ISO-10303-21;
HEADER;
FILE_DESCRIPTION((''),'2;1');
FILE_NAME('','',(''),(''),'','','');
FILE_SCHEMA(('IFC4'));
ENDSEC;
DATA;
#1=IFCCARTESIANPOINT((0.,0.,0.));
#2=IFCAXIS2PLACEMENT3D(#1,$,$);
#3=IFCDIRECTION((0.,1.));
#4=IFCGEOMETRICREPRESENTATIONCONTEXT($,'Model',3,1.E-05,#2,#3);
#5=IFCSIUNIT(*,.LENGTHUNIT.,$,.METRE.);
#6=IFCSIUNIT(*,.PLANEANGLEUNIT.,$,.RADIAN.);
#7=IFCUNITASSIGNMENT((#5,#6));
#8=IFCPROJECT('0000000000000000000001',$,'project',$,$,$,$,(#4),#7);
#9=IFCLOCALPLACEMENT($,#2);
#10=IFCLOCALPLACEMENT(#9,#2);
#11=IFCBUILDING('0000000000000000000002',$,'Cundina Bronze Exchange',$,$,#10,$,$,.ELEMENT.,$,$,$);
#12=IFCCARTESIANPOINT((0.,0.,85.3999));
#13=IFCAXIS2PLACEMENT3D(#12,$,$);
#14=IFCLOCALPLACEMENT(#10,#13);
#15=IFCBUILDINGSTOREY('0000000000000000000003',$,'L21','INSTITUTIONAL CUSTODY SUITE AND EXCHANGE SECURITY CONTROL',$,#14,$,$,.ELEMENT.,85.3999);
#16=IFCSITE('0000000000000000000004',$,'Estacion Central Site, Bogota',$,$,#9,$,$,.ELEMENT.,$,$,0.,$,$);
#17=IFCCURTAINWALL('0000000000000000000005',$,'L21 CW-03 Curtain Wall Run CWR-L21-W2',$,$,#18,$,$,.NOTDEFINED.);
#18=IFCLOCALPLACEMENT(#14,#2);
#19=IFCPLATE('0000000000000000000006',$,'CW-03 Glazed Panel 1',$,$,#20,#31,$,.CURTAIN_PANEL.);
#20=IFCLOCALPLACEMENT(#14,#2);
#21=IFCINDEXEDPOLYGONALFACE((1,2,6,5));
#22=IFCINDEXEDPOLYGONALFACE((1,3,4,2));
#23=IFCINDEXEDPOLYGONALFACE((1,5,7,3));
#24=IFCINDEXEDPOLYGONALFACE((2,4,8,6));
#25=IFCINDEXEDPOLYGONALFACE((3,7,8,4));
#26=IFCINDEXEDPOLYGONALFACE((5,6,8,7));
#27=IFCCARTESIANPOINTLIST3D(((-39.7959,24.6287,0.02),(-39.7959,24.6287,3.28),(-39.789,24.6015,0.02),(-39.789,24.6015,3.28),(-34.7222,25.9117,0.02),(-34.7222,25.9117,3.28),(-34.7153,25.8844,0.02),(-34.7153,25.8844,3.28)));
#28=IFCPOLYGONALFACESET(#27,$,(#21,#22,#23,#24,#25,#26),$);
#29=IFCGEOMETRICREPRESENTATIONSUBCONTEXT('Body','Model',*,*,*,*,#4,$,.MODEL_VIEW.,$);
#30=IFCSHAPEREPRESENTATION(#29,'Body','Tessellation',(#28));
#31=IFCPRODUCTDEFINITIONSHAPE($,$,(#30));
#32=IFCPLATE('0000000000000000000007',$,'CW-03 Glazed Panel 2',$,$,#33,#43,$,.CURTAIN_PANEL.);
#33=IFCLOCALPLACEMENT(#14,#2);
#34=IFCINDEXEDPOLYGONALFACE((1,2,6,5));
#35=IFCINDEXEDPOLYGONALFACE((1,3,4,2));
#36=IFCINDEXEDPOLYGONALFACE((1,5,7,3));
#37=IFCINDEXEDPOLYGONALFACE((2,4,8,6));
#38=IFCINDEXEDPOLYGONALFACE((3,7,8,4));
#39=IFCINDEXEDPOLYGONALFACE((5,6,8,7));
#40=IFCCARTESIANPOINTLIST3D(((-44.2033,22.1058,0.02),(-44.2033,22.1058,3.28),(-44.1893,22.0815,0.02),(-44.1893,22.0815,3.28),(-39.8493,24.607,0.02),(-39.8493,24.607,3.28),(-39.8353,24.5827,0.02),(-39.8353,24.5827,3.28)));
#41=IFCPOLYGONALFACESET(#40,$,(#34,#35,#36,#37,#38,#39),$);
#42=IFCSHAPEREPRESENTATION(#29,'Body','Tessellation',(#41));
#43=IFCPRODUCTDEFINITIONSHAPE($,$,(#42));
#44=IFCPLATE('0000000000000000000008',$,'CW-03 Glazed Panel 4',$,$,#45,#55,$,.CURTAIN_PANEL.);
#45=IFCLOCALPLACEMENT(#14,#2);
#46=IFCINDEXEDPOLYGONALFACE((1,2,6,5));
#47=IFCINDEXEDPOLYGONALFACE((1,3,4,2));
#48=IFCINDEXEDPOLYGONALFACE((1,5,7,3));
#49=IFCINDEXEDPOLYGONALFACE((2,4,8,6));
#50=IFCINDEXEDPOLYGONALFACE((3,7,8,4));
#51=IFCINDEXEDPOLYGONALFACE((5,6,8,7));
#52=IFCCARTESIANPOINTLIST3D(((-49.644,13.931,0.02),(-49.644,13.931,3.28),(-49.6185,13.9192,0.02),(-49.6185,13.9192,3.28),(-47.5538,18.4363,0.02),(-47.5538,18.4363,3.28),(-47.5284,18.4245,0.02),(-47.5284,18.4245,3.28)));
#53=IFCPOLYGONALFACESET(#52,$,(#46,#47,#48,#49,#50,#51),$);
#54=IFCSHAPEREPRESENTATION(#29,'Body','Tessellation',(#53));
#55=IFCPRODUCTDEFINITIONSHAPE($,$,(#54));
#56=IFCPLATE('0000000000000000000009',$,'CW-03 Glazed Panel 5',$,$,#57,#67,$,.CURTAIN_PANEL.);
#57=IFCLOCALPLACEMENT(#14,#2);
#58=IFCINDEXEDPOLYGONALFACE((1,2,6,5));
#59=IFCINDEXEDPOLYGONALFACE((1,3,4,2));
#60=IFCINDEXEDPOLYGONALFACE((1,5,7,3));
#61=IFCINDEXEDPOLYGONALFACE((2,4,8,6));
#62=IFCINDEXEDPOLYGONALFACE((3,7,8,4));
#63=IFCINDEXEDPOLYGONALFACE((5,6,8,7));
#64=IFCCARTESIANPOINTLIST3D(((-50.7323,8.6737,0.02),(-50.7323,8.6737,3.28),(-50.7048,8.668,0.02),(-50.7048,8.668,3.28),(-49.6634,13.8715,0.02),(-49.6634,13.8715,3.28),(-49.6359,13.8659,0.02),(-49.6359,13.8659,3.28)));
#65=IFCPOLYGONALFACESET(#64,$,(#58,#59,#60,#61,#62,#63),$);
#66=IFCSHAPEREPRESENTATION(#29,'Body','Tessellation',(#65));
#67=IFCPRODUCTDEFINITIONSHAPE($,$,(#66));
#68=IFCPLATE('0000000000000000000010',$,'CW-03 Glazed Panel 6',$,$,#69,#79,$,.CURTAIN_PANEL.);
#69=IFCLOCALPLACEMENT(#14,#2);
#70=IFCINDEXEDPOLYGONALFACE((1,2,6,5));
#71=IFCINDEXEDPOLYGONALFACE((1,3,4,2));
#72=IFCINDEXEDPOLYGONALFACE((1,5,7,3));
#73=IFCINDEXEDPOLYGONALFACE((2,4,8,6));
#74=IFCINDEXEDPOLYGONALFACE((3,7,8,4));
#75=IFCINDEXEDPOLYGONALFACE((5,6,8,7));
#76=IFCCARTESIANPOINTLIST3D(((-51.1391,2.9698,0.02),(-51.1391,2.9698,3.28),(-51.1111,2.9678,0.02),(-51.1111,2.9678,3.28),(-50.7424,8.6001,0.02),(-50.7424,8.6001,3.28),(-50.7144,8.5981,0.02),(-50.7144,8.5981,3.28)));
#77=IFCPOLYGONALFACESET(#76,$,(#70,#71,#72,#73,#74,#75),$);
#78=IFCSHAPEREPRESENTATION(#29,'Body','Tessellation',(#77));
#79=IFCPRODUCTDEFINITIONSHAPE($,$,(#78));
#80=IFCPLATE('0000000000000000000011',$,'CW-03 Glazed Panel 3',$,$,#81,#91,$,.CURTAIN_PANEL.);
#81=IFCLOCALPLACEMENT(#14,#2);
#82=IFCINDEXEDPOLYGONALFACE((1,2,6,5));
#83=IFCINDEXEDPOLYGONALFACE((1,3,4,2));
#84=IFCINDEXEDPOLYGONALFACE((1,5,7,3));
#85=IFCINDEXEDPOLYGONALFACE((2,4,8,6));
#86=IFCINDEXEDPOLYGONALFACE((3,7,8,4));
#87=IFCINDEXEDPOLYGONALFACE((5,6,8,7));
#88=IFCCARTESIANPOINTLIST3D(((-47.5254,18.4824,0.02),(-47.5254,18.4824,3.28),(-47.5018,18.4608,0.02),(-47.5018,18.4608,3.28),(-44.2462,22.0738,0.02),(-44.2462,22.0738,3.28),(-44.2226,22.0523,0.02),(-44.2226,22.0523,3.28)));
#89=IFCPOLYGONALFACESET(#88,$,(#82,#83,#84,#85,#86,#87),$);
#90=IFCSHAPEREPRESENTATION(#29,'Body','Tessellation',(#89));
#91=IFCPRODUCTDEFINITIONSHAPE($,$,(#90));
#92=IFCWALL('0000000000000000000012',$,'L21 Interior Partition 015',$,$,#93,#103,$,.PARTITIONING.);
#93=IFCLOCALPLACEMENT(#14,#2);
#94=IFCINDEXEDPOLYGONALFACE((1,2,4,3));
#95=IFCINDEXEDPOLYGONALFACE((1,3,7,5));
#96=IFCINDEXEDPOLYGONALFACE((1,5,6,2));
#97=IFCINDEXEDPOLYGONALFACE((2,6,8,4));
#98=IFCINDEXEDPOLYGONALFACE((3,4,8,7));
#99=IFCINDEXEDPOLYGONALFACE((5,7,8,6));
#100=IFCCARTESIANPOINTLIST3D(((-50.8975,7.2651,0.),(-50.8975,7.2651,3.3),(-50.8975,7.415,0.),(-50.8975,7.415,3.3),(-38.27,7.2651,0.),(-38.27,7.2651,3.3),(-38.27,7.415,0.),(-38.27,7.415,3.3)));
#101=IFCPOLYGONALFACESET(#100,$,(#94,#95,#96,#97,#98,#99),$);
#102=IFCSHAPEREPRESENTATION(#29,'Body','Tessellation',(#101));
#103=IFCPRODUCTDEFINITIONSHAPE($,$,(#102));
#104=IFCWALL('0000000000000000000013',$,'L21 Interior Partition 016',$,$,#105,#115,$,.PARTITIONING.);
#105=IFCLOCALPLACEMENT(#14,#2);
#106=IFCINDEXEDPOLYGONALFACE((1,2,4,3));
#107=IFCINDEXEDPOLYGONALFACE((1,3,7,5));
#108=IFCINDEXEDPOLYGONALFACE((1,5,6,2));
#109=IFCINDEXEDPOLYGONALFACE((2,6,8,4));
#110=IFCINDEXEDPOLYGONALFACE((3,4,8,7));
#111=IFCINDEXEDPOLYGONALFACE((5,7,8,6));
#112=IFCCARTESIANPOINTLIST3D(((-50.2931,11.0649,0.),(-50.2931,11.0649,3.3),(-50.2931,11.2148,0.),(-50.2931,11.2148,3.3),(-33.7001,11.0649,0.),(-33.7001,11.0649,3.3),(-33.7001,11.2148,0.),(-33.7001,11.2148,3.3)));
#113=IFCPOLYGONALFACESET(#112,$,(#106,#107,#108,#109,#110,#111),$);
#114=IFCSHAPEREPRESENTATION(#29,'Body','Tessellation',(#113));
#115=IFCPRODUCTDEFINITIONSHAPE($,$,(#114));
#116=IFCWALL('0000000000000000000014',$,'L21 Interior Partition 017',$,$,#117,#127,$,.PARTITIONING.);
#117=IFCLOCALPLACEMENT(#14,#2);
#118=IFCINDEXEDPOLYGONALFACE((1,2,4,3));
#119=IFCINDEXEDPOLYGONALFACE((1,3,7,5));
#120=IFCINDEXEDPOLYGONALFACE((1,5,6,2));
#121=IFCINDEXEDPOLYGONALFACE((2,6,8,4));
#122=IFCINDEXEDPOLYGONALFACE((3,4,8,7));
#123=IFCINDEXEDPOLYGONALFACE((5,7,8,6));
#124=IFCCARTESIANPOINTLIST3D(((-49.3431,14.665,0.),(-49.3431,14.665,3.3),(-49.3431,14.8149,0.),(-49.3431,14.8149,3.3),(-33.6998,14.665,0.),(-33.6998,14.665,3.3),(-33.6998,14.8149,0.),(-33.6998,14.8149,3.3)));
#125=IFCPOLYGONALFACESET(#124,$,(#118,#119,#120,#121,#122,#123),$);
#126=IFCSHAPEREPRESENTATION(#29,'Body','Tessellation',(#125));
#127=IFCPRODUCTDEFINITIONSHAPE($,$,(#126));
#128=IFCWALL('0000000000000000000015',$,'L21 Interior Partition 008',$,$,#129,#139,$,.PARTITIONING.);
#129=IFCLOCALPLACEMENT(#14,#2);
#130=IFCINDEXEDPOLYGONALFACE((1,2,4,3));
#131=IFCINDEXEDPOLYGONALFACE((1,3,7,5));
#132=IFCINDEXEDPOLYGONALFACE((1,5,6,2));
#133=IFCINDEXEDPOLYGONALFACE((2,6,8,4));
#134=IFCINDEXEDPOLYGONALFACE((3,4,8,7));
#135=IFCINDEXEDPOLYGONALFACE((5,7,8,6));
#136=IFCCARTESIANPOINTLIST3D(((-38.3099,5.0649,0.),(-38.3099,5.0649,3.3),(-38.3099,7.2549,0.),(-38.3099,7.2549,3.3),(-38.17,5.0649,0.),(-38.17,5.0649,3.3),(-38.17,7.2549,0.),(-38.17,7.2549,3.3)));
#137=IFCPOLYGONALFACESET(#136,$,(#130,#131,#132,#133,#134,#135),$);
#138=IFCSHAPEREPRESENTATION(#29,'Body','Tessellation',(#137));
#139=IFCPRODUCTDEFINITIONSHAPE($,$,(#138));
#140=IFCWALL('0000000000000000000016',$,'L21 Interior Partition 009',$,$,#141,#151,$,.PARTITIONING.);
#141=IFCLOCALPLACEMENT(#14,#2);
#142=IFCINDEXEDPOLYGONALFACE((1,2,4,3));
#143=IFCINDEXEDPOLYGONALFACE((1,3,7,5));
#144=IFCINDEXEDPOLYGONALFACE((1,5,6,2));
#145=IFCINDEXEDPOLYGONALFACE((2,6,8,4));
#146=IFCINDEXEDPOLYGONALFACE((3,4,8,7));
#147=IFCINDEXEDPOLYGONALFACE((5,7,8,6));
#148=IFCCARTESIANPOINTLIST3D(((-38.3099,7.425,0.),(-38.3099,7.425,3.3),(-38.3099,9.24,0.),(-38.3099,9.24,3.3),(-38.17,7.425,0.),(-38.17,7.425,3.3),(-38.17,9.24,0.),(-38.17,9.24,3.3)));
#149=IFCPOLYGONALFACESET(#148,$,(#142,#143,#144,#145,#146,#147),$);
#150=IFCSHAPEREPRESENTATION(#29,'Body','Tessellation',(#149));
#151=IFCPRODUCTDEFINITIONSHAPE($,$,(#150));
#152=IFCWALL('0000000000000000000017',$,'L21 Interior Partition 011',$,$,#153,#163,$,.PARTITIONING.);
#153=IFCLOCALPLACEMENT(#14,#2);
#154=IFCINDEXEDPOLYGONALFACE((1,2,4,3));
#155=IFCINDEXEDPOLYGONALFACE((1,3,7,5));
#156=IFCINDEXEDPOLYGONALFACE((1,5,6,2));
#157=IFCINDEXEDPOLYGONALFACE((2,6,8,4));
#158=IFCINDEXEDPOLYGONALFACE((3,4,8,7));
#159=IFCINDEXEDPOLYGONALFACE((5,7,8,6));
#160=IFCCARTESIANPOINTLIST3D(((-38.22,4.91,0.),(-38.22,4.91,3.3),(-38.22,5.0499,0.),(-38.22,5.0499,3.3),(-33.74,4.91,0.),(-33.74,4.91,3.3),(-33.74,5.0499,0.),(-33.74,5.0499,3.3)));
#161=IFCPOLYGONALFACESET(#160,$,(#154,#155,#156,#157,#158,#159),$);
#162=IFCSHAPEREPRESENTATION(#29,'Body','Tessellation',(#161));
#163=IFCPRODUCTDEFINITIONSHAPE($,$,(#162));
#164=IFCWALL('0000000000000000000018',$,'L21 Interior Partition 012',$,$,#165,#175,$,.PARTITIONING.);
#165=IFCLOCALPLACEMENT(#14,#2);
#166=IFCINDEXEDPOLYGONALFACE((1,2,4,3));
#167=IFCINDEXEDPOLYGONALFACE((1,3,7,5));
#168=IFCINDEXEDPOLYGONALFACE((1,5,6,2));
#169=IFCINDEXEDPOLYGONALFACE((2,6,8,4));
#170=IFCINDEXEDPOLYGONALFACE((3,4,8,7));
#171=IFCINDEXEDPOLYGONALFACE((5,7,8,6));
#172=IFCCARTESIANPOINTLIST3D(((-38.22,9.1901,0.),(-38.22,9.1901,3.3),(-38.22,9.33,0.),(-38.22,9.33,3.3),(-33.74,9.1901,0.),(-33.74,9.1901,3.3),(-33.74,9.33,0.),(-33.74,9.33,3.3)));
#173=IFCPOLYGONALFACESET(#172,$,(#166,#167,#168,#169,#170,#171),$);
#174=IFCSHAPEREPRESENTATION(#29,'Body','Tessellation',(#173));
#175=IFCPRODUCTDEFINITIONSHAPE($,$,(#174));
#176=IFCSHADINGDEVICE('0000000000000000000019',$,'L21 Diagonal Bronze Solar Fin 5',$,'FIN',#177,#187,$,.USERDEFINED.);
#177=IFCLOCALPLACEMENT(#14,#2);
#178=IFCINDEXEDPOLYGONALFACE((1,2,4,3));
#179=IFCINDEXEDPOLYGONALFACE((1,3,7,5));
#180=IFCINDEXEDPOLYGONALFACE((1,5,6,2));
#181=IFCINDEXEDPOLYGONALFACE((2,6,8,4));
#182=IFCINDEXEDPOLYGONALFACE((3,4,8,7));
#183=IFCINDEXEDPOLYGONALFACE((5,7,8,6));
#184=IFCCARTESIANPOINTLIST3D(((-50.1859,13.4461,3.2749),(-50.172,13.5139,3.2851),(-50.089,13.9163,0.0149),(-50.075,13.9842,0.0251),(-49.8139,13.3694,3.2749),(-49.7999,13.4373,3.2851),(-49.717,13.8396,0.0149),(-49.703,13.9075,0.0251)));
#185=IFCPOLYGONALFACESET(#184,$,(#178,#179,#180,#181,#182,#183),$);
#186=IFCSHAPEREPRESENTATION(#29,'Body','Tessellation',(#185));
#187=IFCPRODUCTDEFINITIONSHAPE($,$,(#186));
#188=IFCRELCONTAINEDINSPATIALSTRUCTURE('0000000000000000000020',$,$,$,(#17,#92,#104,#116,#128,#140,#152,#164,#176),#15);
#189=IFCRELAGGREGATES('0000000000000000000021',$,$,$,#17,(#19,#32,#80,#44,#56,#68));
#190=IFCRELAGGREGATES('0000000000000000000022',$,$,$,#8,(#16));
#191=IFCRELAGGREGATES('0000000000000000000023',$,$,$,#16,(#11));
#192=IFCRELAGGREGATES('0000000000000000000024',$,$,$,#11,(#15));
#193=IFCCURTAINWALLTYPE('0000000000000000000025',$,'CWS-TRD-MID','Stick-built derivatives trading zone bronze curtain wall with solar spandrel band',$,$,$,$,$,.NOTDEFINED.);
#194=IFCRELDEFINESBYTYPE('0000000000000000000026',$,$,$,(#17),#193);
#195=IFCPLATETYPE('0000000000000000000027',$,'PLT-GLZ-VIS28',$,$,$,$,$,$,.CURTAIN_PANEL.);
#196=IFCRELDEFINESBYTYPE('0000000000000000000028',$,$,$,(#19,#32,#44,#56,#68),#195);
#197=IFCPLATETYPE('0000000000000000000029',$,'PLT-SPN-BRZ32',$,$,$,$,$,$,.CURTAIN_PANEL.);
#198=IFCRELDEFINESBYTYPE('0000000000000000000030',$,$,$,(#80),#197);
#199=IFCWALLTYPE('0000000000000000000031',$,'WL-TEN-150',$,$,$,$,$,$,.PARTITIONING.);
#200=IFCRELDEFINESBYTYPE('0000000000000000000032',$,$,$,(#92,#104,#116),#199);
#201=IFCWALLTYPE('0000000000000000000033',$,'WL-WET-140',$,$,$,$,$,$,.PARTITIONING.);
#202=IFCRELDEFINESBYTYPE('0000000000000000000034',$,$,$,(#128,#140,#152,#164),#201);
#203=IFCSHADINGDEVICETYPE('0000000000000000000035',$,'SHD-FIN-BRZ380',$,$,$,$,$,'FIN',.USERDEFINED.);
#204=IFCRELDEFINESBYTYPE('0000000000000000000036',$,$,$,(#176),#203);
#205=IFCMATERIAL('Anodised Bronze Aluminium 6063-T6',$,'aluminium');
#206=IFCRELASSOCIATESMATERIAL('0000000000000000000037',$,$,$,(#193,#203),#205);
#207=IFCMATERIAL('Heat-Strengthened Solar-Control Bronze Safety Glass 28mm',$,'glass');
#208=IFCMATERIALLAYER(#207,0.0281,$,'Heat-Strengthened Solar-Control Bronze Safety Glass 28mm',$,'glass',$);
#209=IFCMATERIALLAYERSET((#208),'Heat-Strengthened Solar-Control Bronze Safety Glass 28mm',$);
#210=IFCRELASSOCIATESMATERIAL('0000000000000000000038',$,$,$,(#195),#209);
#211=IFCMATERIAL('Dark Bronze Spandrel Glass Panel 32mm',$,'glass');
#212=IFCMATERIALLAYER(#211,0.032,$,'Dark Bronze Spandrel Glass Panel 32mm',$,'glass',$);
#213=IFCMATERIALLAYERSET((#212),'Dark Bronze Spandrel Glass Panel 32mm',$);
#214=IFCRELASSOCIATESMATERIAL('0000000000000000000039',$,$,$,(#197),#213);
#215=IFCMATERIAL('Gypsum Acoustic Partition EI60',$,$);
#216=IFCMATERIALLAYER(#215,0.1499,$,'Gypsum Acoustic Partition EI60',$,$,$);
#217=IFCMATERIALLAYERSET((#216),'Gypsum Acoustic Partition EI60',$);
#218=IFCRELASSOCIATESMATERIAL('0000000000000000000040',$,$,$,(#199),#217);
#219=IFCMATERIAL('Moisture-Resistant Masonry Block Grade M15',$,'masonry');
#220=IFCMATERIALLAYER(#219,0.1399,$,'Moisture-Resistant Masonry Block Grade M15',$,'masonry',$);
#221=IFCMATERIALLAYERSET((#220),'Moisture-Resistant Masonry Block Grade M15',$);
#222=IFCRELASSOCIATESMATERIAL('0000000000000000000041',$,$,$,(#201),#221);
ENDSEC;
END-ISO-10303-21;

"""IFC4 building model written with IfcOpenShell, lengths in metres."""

from ifc_helpers import new_model, si_unit, direction, frame, frame_2d, origin, origin_2d, place, context, subcontext, project, spatial, rectangle, extrude, material, layer, layer_set, material_profile, profile_set, type_object, element, aggregate, save


model = new_model("IFC4")

# Units and contexts
model_context = context("Model", 3, precision=1e-05, world=origin(), true_north=direction((0.0, 1.0)))
body_context = subcontext(model_context, "Body", "Model", "MODEL_VIEW")
ifc_project = project(units=[si_unit("LENGTHUNIT", "METRE"), si_unit("PLANEANGLEUNIT", "RADIAN")], contexts=[model_context])

# Site, building, storey
site_placement = place(None, origin())
site = spatial("IfcSite", under=ifc_project, at=site_placement, Name="Estacion Central Site, Bogota", CompositionType="ELEMENT", RefElevation=0.0)
building_placement = place(site_placement, origin())
building = spatial("IfcBuilding", under=site, at=building_placement, Name="Cundina Bronze Exchange", CompositionType="ELEMENT")
storey_placement = place(building_placement, frame((0.0, 0.0, 85.3999)))
storey = spatial("IfcBuildingStorey", under=building, at=storey_placement, Name="L21", Description="INSTITUTIONAL CUSTODY SUITE AND EXCHANGE SECURITY CONTROL", CompositionType="ELEMENT", Elevation=85.3999)

# Curtain wall, plates
ifc_material_1 = material(Name="Anodised Bronze Aluminium 6063-T6", Category="aluminium")
curtain_wall_type = type_object("IfcCurtainWallType", Name="CWS-TRD-MID", Description="Stick-built derivatives trading zone bronze curtain wall with solar spandrel band", PredefinedType="NOTDEFINED", material=ifc_material_1)
curtain_wall_placement = place(storey_placement, origin())
curtain_wall = element("IfcCurtainWall", 1, at=curtain_wall_placement, inside=storey, type_object=curtain_wall_type, Name="L21 CW-03 Curtain Wall Run CWR-L21-W2", PredefinedType="NOTDEFINED")
ifc_material_2 = material(Name="Heat-Strengthened Solar-Control Bronze Safety Glass 28mm", Category="glass")
ifc_layer_1 = layer(ifc_material_2, 0.0281, Name="Heat-Strengthened Solar-Control Bronze Safety Glass 28mm", Category="glass")
ifc_layer_set_1 = layer_set([ifc_layer_1], Name="Heat-Strengthened Solar-Control Bronze Safety Glass 28mm")
plate_type_1 = type_object("IfcPlateType", Name="PLT-GLZ-VIS28", PredefinedType="CURTAIN_PANEL", material=ifc_layer_set_1)
plate_1_placement = place(storey_placement, frame((-37.2556, 25.2566, 0.02), z_axis=(0.0, 0.0, 1.0), x_axis=(-0.969488, -0.245138, 0.0)))
plate_1 = element("IfcPlate", 2, at=plate_1_placement, type_object=plate_type_1, Name="CW-03 Glazed Panel 1", PredefinedType="CURTAIN_PANEL", context=body_context, shape_type="SweptSolid", body=[
    extrude(rectangle(XDim=5.2334, YDim=0.0281, at=origin_2d()), origin(), (0.0, 0.0, 1.0), 3.26),
])
plate_2_placement = place(storey_placement, frame((-42.0193, 23.3442, 0.02), z_axis=(0.0, 0.0, 1.0), x_axis=(-0.867105, -0.498125, 0.0)))
plate_2 = element("IfcPlate", 3, at=plate_2_placement, type_object=plate_type_1, Name="CW-03 Glazed Panel 2", PredefinedType="CURTAIN_PANEL", context=body_context, shape_type="SweptSolid", body=[
    extrude(rectangle(XDim=5.0212, YDim=0.0281, at=origin_2d()), origin(), (0.0, 0.0, 1.0), 3.26),
])
plate_3_placement = place(storey_placement, frame((-48.5862, 16.1777, 0.02), z_axis=(0.0, 0.0, 1.0), x_axis=(-0.420846, -0.907132, 0.0)))
plate_3 = element("IfcPlate", 4, at=plate_3_placement, type_object=plate_type_1, Name="CW-03 Glazed Panel 4", PredefinedType="CURTAIN_PANEL", context=body_context, shape_type="SweptSolid", body=[
    extrude(rectangle(XDim=4.9666, YDim=0.0281, at=origin_2d()), origin(), (0.0, 0.0, 1.0), 3.26),
])
plate_4_placement = place(storey_placement, frame((-50.1841, 11.2698, 0.02), z_axis=(0.0, 0.0, 1.0), x_axis=(-0.20142, -0.979505, 0.0)))
plate_4 = element("IfcPlate", 5, at=plate_4_placement, type_object=plate_type_1, Name="CW-03 Glazed Panel 5", PredefinedType="CURTAIN_PANEL", context=body_context, shape_type="SweptSolid", body=[
    extrude(rectangle(XDim=5.3066, YDim=0.0281, at=origin_2d()), origin(), (0.0, 0.0, 1.0), 3.26),
])
plate_5_placement = place(storey_placement, frame((-50.9268, 5.7839, 0.02), z_axis=(0.0, 0.0, 1.0), x_axis=(-0.070279, -0.997527, 0.0)))
plate_5 = element("IfcPlate", 6, at=plate_5_placement, type_object=plate_type_1, Name="CW-03 Glazed Panel 6", PredefinedType="CURTAIN_PANEL", context=body_context, shape_type="SweptSolid", body=[
    extrude(rectangle(XDim=5.6443, YDim=0.0281, at=origin_2d()), origin(), (0.0, 0.0, 1.0), 3.26),
])
ifc_material_3 = material(Name="Dark Bronze Spandrel Glass Panel 32mm", Category="glass")
ifc_layer_2 = layer(ifc_material_3, 0.032, Name="Dark Bronze Spandrel Glass Panel 32mm", Category="glass")
ifc_layer_set_2 = layer_set([ifc_layer_2], Name="Dark Bronze Spandrel Glass Panel 32mm")
plate_type_2 = type_object("IfcPlateType", Name="PLT-SPN-BRZ32", PredefinedType="CURTAIN_PANEL", material=ifc_layer_set_2)
plate_6_placement = place(storey_placement, frame((-45.874, 20.2673, 0.02), z_axis=(0.0, 0.0, 1.0), x_axis=(-0.674277, -0.738479, 0.0)))
plate_6 = element("IfcPlate", 7, at=plate_6_placement, type_object=plate_type_2, Name="CW-03 Glazed Panel 3", PredefinedType="CURTAIN_PANEL", context=body_context, shape_type="SweptSolid", body=[
    extrude(rectangle(XDim=4.8633, YDim=0.032, at=origin_2d()), origin(), (0.0, 0.0, 1.0), 3.26),
])
aggregate(curtain_wall, [plate_1, plate_2, plate_6, plate_3, plate_4, plate_5])

# Walls
ifc_material_4 = material(Name="Gypsum Acoustic Partition EI60")
ifc_layer_3 = layer(ifc_material_4, 0.1499, Name="Gypsum Acoustic Partition EI60")
ifc_layer_set_3 = layer_set([ifc_layer_3], Name="Gypsum Acoustic Partition EI60")
wall_type_1 = type_object("IfcWallType", Name="WL-TEN-150", PredefinedType="PARTITIONING", material=ifc_layer_set_3)
wall_1_placement = place(storey_placement, frame((-50.8975, 7.3401, 0.0), z_axis=(0.0, 0.0, 1.0), x_axis=(1.0, 0.0, 0.0)))
element("IfcWall", 8, at=wall_1_placement, inside=storey, type_object=wall_type_1, Name="L21 Interior Partition 015", PredefinedType="PARTITIONING", context=body_context, shape_type="SweptSolid", body=[
    extrude(rectangle(XDim=12.6274, YDim=0.1499, at=frame_2d((6.3137, 0.0))), origin(), (0.0, 0.0, 1.0), 3.3),
])
wall_2_placement = place(storey_placement, frame((-50.293, 11.1399, 0.0), z_axis=(0.0, 0.0, 1.0), x_axis=(1.0, 0.0, 0.0)))
element("IfcWall", 9, at=wall_2_placement, inside=storey, type_object=wall_type_1, Name="L21 Interior Partition 016", PredefinedType="PARTITIONING", context=body_context, shape_type="SweptSolid", body=[
    extrude(rectangle(XDim=16.593, YDim=0.1499, at=frame_2d((8.2964, 0.0))), origin(), (0.0, 0.0, 1.0), 3.3),
])
wall_3_placement = place(storey_placement, frame((-49.3433, 14.74, 0.0), z_axis=(0.0, 0.0, 1.0), x_axis=(1.0, 0.0, 0.0)))
element("IfcWall", 10, at=wall_3_placement, inside=storey, type_object=wall_type_1, Name="L21 Interior Partition 017", PredefinedType="PARTITIONING", context=body_context, shape_type="SweptSolid", body=[
    extrude(rectangle(XDim=15.6433, YDim=0.1499, at=frame_2d((7.8218, 0.0))), origin(), (0.0, 0.0, 1.0), 3.3),
])
ifc_material_5 = material(Name="Moisture-Resistant Masonry Block Grade M15", Category="masonry")
ifc_layer_4 = layer(ifc_material_5, 0.1399, Name="Moisture-Resistant Masonry Block Grade M15", Category="masonry")
ifc_layer_set_4 = layer_set([ifc_layer_4], Name="Moisture-Resistant Masonry Block Grade M15")
wall_type_2 = type_object("IfcWallType", Name="WL-WET-140", PredefinedType="PARTITIONING", material=ifc_layer_set_4)
wall_4_placement = place(storey_placement, frame((-38.24, 5.0649, 0.0), z_axis=(0.0, 0.0, 1.0), x_axis=(0.0, 1.0, 0.0)))
element("IfcWall", 11, at=wall_4_placement, inside=storey, type_object=wall_type_2, Name="L21 Interior Partition 008", PredefinedType="PARTITIONING", context=body_context, shape_type="SweptSolid", body=[
    extrude(rectangle(XDim=2.1899, YDim=0.1399, at=frame_2d((1.095, 0.0))), origin(), (0.0, 0.0, 1.0), 3.3),
])
wall_5_placement = place(storey_placement, frame((-38.24, 7.425, 0.0), z_axis=(0.0, 0.0, 1.0), x_axis=(0.0, 1.0, 0.0)))
element("IfcWall", 12, at=wall_5_placement, inside=storey, type_object=wall_type_2, Name="L21 Interior Partition 009", PredefinedType="PARTITIONING", context=body_context, shape_type="SweptSolid", body=[
    extrude(rectangle(XDim=1.8149, YDim=0.1399, at=frame_2d((0.9075, 0.0))), origin(), (0.0, 0.0, 1.0), 3.3),
])
for number, where, z_axis, x_axis, name in (
    (13, (-38.22, 4.98, 0.0), (0.0, 0.0, 1.0), (1.0, 0.0, 0.0), "L21 Interior Partition 011"),
    (14, (-38.22, 9.26, 0.0), (0.0, 0.0, 1.0), (1.0, 0.0, 0.0), "L21 Interior Partition 012"),
):
    element("IfcWall", number, at=place(storey_placement, frame(where, z_axis=z_axis, x_axis=x_axis)), inside=storey, type_object=wall_type_2, Name=name, PredefinedType="PARTITIONING", context=body_context, shape_type="SweptSolid", body=[
        extrude(rectangle(XDim=4.48, YDim=0.1399, at=frame_2d((2.24, 0.0))), origin(), (0.0, 0.0, 1.0), 3.3),
    ])

# Shading device
ifc_material_profile_1 = material_profile(ifc_material_1, rectangle(XDim=0.0701, YDim=0.3799, at=origin_2d()), Name="FIN70X380", Category="aluminium")
ifc_profile_set_1 = profile_set([ifc_material_profile_1], Name="Anodised Bronze Aluminium 6063-T6")
shading_device_type = type_object("IfcShadingDeviceType", Name="SHD-FIN-BRZ380", ElementType="FIN", PredefinedType="USERDEFINED", material=ifc_profile_set_1)
shading_device_placement = place(storey_placement, frame((-49.896, 13.9119, 0.02), z_axis=(-0.029414, -0.142698, 0.989329), x_axis=(0.199728, 0.968959, 0.145698)))
element("IfcShadingDevice", 15, at=shading_device_placement, inside=storey, type_object=shading_device_type, Name="L21 Diagonal Bronze Solar Fin 5", ObjectType="FIN", PredefinedType="USERDEFINED", context=body_context, shape_type="SweptSolid", body=[
    extrude(rectangle(XDim=0.0701, YDim=0.3799, at=origin_2d()), origin(), (0.0, 0.0, 1.0), 3.2952),
])

save(model, "model.ifc")
